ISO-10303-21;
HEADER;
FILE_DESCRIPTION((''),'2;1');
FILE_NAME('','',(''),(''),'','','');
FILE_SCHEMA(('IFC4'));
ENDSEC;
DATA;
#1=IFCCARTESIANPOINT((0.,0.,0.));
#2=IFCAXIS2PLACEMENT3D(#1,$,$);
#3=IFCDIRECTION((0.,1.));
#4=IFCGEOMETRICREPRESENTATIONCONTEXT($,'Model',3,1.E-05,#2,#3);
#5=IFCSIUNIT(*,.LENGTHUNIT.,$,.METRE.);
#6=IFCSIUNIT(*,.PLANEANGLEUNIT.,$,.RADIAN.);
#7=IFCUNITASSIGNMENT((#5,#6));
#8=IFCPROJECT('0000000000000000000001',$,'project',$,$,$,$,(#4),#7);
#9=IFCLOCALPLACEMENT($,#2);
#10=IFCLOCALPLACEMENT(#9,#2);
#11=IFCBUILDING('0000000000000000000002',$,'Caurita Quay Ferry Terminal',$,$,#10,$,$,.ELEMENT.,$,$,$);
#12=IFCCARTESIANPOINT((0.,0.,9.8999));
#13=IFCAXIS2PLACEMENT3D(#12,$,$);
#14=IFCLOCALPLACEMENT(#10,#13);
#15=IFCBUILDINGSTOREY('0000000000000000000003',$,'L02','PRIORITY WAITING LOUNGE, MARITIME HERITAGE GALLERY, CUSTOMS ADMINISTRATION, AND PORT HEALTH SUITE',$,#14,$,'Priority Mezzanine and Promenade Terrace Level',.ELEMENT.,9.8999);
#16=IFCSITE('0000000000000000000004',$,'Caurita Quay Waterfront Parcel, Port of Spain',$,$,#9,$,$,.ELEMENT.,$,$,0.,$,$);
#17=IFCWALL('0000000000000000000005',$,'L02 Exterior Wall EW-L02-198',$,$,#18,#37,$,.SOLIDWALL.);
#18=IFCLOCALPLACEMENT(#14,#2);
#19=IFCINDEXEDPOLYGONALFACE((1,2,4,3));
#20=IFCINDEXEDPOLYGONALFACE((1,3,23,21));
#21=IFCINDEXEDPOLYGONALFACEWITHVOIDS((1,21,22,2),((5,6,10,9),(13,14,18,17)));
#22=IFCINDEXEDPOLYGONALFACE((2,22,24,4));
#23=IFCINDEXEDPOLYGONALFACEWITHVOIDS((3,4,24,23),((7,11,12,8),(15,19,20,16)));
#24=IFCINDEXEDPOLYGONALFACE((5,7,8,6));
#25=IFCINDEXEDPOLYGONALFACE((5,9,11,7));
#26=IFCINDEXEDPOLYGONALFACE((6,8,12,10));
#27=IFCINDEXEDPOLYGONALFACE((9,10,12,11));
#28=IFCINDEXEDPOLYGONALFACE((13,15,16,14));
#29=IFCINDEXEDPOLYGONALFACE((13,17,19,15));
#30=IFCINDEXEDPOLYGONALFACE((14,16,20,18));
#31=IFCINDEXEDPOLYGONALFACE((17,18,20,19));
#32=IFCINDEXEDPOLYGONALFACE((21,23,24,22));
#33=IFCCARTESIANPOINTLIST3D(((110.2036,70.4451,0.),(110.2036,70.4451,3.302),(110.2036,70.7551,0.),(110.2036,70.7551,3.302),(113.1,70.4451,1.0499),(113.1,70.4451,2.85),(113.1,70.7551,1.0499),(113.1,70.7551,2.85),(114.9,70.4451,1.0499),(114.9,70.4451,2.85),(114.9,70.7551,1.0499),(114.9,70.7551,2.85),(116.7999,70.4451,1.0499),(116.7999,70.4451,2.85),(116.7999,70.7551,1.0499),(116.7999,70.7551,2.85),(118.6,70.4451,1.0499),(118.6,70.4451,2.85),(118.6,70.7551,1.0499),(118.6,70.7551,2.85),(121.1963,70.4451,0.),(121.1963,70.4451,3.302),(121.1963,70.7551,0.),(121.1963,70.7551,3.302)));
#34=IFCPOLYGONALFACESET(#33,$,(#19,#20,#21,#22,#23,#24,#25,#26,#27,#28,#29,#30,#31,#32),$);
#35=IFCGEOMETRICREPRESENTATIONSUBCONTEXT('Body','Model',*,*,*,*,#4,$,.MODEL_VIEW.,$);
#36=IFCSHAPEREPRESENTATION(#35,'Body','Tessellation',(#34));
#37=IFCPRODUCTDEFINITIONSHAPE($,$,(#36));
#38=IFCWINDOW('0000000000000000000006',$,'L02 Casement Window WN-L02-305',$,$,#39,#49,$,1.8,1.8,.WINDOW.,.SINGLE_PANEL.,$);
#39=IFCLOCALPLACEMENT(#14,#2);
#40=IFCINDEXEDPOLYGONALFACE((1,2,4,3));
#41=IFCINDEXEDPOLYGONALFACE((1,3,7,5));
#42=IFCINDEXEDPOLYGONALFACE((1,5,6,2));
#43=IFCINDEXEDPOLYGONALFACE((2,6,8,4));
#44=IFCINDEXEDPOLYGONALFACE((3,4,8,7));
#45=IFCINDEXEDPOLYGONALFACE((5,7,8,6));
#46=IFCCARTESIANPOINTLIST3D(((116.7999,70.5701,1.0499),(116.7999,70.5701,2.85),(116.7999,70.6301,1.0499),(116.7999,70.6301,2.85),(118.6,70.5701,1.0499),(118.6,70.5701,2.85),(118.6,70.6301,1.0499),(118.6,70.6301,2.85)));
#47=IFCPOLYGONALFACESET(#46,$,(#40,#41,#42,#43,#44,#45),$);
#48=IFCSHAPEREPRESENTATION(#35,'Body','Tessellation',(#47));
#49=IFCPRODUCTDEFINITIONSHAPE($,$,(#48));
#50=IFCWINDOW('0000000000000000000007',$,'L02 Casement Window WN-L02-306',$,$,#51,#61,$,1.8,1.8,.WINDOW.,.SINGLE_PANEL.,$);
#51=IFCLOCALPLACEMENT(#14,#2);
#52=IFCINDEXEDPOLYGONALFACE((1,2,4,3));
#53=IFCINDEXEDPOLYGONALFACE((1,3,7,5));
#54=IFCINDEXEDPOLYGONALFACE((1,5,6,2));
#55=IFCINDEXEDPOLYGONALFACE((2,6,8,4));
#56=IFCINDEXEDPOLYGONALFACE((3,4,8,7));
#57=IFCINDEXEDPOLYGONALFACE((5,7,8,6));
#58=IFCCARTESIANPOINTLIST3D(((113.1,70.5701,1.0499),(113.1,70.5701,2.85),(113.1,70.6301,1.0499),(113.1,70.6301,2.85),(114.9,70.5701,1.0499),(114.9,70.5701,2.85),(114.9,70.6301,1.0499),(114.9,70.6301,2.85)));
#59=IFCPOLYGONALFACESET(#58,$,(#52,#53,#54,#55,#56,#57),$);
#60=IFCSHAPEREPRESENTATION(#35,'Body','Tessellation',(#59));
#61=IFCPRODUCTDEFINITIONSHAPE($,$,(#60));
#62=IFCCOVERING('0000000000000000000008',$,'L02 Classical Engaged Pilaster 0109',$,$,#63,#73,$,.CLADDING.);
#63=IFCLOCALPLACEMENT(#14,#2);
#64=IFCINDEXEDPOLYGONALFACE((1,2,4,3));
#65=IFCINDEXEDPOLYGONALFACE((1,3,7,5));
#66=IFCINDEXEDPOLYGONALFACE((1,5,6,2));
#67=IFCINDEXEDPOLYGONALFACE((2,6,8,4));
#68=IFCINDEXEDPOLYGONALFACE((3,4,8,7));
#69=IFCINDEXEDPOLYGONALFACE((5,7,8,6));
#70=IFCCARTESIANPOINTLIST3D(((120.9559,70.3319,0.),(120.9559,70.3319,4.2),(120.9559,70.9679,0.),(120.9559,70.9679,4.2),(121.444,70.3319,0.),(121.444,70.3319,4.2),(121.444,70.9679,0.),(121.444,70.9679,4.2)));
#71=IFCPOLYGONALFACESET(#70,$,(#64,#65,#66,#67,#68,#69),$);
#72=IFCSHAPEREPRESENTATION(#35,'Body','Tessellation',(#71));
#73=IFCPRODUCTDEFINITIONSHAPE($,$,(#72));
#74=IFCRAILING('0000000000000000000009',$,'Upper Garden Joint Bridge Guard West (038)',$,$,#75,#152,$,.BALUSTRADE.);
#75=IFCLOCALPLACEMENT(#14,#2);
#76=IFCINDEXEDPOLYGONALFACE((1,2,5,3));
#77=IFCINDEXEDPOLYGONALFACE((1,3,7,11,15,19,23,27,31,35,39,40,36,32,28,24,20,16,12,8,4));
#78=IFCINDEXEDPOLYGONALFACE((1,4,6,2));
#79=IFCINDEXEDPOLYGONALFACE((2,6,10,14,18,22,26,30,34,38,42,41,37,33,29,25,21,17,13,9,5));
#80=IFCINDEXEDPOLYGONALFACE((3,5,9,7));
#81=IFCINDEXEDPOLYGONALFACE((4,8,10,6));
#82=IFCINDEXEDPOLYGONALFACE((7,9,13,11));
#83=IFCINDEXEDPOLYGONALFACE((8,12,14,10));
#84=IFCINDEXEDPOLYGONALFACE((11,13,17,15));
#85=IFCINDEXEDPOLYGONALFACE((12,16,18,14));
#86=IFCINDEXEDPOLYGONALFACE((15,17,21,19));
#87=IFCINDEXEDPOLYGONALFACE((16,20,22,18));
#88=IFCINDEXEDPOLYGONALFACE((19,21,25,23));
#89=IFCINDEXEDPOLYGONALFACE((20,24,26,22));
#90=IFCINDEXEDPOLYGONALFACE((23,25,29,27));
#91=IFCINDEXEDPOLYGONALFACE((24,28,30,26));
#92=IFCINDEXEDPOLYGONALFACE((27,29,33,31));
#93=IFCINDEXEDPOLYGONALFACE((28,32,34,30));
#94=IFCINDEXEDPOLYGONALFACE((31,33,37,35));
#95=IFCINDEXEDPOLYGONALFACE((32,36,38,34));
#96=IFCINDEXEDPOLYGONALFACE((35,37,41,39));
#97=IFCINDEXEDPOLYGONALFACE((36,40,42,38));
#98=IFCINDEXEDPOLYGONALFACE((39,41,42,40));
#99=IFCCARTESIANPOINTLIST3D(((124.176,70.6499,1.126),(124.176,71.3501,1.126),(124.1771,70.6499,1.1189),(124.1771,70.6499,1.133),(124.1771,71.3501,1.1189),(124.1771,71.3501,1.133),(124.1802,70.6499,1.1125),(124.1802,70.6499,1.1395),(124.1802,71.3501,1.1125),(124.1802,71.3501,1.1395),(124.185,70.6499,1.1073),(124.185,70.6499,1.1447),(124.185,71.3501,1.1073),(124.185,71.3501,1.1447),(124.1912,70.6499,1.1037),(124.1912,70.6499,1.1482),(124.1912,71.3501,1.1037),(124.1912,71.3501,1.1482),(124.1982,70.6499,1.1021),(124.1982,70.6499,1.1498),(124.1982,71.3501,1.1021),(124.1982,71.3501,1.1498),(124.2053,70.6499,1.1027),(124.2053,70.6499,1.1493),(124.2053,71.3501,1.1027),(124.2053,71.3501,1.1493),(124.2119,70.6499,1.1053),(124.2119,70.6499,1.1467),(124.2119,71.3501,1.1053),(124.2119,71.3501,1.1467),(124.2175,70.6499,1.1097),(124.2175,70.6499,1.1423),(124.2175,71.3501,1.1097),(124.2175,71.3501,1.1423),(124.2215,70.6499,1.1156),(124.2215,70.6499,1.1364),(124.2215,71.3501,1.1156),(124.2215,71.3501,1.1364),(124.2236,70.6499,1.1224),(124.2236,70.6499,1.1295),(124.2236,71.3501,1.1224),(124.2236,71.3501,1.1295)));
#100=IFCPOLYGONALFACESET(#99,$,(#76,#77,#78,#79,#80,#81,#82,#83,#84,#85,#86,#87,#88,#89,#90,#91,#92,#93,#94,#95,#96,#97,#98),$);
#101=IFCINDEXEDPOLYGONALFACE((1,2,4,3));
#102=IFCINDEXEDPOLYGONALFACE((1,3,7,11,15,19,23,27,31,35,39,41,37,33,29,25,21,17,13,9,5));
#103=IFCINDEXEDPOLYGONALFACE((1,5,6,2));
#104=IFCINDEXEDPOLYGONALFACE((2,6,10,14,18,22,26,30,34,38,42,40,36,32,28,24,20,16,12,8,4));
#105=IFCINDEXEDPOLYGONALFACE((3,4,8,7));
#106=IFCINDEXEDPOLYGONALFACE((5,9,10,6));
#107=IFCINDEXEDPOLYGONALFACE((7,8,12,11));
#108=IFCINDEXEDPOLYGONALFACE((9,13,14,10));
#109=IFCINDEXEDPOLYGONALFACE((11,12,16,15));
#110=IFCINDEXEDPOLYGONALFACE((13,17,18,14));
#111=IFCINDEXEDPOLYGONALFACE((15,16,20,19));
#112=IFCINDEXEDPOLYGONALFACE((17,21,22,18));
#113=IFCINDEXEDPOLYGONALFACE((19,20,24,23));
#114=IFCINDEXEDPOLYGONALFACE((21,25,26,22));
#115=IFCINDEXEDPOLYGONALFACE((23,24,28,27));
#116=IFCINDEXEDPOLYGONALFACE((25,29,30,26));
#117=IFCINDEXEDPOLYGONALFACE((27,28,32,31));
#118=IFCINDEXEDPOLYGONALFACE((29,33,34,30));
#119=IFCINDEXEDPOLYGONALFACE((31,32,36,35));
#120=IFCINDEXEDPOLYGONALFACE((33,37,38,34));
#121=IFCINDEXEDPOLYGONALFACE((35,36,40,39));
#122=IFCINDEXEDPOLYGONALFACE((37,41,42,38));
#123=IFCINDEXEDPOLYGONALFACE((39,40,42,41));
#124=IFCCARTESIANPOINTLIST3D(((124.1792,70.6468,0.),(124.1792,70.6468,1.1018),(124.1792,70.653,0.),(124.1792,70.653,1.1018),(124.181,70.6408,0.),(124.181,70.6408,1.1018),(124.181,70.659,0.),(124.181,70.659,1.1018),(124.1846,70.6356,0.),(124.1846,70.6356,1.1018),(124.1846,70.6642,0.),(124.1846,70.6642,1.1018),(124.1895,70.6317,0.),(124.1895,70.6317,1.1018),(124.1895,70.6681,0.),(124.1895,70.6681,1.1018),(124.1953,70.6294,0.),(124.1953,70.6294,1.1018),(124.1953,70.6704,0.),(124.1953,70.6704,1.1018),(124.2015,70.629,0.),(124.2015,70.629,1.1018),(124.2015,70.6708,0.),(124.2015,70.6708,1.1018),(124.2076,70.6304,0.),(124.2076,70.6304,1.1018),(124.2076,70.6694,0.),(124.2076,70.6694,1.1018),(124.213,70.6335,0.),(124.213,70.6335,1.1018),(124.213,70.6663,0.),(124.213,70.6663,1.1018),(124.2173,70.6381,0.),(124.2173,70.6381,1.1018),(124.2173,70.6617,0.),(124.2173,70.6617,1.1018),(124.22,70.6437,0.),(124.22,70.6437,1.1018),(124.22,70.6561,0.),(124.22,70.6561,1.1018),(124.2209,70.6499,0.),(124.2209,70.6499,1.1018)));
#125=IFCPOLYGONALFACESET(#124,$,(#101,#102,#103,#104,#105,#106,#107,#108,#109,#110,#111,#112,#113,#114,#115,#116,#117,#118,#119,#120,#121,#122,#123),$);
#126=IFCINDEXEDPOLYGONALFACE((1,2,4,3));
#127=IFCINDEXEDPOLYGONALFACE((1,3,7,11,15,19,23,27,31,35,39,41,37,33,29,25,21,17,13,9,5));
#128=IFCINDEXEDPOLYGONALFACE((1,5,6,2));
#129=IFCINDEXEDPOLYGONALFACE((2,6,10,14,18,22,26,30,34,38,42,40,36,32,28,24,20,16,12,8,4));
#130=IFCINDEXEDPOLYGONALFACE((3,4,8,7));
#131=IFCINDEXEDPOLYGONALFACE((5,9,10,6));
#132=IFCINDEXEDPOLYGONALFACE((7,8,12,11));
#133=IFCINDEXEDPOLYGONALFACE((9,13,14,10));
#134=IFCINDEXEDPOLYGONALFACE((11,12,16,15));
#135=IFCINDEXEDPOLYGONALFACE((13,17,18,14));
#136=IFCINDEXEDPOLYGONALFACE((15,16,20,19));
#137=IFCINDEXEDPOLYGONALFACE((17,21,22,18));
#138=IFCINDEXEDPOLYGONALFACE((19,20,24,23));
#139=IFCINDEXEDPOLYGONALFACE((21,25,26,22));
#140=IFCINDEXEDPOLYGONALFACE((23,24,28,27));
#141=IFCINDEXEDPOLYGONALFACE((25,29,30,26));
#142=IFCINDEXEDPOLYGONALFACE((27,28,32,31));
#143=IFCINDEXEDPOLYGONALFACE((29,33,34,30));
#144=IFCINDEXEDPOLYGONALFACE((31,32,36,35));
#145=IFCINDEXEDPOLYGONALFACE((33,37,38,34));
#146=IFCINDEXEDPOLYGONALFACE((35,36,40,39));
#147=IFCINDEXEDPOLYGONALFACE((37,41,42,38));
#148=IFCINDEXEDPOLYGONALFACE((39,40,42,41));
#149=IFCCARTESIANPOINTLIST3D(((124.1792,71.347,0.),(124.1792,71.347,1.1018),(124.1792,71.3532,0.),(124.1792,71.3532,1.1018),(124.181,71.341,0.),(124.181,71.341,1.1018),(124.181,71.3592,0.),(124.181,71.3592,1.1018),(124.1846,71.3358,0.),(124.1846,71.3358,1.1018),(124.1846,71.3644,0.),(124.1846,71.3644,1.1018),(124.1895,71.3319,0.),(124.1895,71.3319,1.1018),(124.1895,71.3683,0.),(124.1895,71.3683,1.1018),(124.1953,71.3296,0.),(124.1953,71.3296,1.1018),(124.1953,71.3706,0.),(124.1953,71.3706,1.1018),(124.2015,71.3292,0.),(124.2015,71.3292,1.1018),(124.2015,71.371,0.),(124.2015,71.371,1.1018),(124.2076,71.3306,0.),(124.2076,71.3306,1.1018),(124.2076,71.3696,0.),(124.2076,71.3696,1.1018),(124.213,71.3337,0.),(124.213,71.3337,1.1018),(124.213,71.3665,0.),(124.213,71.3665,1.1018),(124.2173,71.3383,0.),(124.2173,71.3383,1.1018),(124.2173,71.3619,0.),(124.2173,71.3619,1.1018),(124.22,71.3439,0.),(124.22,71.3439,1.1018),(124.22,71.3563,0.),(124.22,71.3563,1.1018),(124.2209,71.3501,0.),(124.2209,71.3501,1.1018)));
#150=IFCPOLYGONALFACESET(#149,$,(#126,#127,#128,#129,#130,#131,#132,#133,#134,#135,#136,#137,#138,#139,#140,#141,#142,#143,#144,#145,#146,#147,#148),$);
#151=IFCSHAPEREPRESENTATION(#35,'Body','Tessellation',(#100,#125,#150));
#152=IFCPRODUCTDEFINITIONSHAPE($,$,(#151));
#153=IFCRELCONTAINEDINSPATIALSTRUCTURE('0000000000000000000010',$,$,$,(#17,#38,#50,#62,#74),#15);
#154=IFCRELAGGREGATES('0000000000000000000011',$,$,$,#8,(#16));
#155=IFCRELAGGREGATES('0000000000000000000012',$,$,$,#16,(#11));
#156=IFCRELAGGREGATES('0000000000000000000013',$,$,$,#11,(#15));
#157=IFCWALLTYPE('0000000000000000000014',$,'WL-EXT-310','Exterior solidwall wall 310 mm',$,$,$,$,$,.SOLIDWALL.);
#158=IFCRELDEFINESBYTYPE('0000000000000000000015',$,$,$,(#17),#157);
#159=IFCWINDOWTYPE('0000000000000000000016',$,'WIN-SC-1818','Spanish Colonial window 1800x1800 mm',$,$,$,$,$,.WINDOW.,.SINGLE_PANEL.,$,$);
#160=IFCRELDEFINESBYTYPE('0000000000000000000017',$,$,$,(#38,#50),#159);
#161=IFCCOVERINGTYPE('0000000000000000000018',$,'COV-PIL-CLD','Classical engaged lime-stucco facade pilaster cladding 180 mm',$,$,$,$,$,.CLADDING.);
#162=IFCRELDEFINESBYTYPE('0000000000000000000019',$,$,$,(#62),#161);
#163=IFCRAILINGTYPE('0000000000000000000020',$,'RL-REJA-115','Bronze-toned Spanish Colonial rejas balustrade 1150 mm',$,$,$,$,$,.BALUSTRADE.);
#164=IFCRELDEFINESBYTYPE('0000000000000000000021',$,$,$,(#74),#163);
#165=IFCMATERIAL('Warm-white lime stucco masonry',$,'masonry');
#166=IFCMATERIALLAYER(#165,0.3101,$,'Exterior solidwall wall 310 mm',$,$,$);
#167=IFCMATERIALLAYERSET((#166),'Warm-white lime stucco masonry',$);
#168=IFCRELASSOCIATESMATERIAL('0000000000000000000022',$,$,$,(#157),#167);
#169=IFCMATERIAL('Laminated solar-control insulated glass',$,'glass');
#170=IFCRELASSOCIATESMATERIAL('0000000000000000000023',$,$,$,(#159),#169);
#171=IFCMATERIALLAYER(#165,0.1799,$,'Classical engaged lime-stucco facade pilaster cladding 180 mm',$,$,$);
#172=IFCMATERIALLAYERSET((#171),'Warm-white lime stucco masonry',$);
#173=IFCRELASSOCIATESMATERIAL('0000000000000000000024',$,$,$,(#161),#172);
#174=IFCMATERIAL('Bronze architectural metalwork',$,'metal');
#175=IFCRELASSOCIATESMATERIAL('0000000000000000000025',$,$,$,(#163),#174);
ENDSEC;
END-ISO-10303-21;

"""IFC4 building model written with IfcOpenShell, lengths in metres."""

from ifc_helpers import new_model, si_unit, direction, frame, frame_2d, origin, origin_2d, place, context, subcontext, project, spatial, rectangle, circle, extrude, material, layer, layer_set, type_object, element, fill, save


model = new_model("IFC4")

# Units and contexts
model_context = context("Model", 3, precision=1e-05, world=origin(), true_north=direction((0.0, 1.0)))
body_context = subcontext(model_context, "Body", "Model", "MODEL_VIEW")
ifc_project = project(units=[si_unit("LENGTHUNIT", "METRE"), si_unit("PLANEANGLEUNIT", "RADIAN")], contexts=[model_context])

# Site, building, storey
site_placement = place(None, origin())
site = spatial("IfcSite", under=ifc_project, at=site_placement, Name="Caurita Quay Waterfront Parcel, Port of Spain", CompositionType="ELEMENT", RefElevation=0.0)
building_placement = place(site_placement, origin())
building = spatial("IfcBuilding", under=site, at=building_placement, Name="Caurita Quay Ferry Terminal", CompositionType="ELEMENT")
storey_placement = place(building_placement, frame((0.0, 0.0, 9.8999)))
storey = spatial("IfcBuildingStorey", under=building, at=storey_placement, Name="L02", Description="PRIORITY WAITING LOUNGE, MARITIME HERITAGE GALLERY, CUSTOMS ADMINISTRATION, AND PORT HEALTH SUITE", LongName="Priority Mezzanine and Promenade Terrace Level", CompositionType="ELEMENT", Elevation=9.8999)

# Wall, openings, windows
ifc_material_1 = material(Name="Warm-white lime stucco masonry", Category="masonry")
ifc_layer_1 = layer(ifc_material_1, 0.3101, Name="Exterior solidwall wall 310 mm")
ifc_layer_set_1 = layer_set([ifc_layer_1], Name="Warm-white lime stucco masonry")
wall_type_1 = type_object("IfcWallType", Name="WL-EXT-310", Description="Exterior solidwall wall 310 mm", PredefinedType="SOLIDWALL", material=ifc_layer_set_1)
wall_1_placement = place(storey_placement, frame((121.1963, 70.6001, 0.0), z_axis=(0.0, 0.0, 1.0), x_axis=(-1.0, 0.0, 0.0)))
wall_1 = element("IfcWall", 1, at=wall_1_placement, inside=storey, type_object=wall_type_1, Name="L02 Exterior Wall EW-L02-198", PredefinedType="SOLIDWALL", context=body_context, shape_type="SweptSolid", body=[
    extrude(rectangle(XDim=10.9927, YDim=0.3101, at=frame_2d((5.4963, 0.0))), origin(), (0.0, 0.0, 1.0), 3.302),
])
opening_1_placement = place(wall_1_placement, frame((2.5964, 0.0, 1.05)))
opening_1 = element("IfcOpeningElement", 2, at=opening_1_placement, cuts=wall_1, PredefinedType="OPENING", context=body_context, shape_type="SweptSolid", body=[
    extrude(rectangle(XDim=1.8, YDim=1.8, at=frame_2d((0.8999, 0.8999))), frame((0.0, 0.165, 0.0), z_axis=(0.0, -1.0, 0.0), x_axis=(1.0, 0.0, 0.0)), (0.0, 0.0, 1.0), 0.3301),
])
opening_2_placement = place(wall_1_placement, frame((6.2964, 0.0, 1.05)))
opening_2 = element("IfcOpeningElement", 3, at=opening_2_placement, cuts=wall_1, PredefinedType="OPENING", context=body_context, shape_type="SweptSolid", body=[
    extrude(rectangle(XDim=1.8, YDim=1.8, at=frame_2d((0.8999, 0.8999))), frame((0.0, 0.165, 0.0), z_axis=(0.0, -1.0, 0.0), x_axis=(1.0, 0.0, 0.0)), (0.0, 0.0, 1.0), 0.3301),
])
ifc_material_2 = material(Name="Laminated solar-control insulated glass", Category="glass")
window_type = type_object("IfcWindowType", Name="WIN-SC-1818", Description="Spanish Colonial window 1800x1800 mm", PartitioningType="SINGLE_PANEL", PredefinedType="WINDOW", material=ifc_material_2)
window_1_placement = place(opening_1_placement, origin())
window_1 = element("IfcWindow", 4, at=window_1_placement, inside=storey, type_object=window_type, Name="L02 Casement Window WN-L02-305", OverallHeight=1.8, OverallWidth=1.8, PartitioningType="SINGLE_PANEL", PredefinedType="WINDOW", context=body_context, shape_type="SweptSolid", body=[
    extrude(rectangle(XDim=1.8, YDim=1.8, at=frame_2d((0.8999, 0.8999))), frame((0.0, 0.03, 0.0), z_axis=(0.0, -1.0, 0.0), x_axis=(1.0, 0.0, 0.0)), (0.0, 0.0, 1.0), 0.0601),
])
fill(opening_1, window_1)
window_2_placement = place(opening_2_placement, origin())
window_2 = element("IfcWindow", 5, at=window_2_placement, inside=storey, type_object=window_type, Name="L02 Casement Window WN-L02-306", OverallHeight=1.8, OverallWidth=1.8, PartitioningType="SINGLE_PANEL", PredefinedType="WINDOW", context=body_context, shape_type="SweptSolid", body=[
    extrude(rectangle(XDim=1.8, YDim=1.8, at=frame_2d((0.8999, 0.8999))), frame((0.0, 0.03, 0.0), z_axis=(0.0, -1.0, 0.0), x_axis=(1.0, 0.0, 0.0)), (0.0, 0.0, 1.0), 0.0601),
])
fill(opening_2, window_2)

# Covering
ifc_layer_2 = layer(ifc_material_1, 0.1799, Name="Classical engaged lime-stucco facade pilaster cladding 180 mm")
ifc_layer_set_2 = layer_set([ifc_layer_2], Name="Warm-white lime stucco masonry")
covering_type = type_object("IfcCoveringType", Name="COV-PIL-CLD", Description="Classical engaged lime-stucco facade pilaster cladding 180 mm", PredefinedType="CLADDING", material=ifc_layer_set_2)
covering_placement = place(storey_placement, frame((121.2, 70.6499, 0.0), z_axis=(0.0, 0.0, 1.0), x_axis=(1.0, 0.0, 0.0)))
element("IfcCovering", 6, at=covering_placement, inside=storey, type_object=covering_type, Name="L02 Classical Engaged Pilaster 0109", PredefinedType="CLADDING", context=body_context, shape_type="SweptSolid", body=[
    extrude(rectangle(XDim=0.488, YDim=0.636, at=origin_2d()), origin(), (0.0, 0.0, 1.0), 4.2),
])

# Railing
ifc_material_3 = material(Name="Bronze architectural metalwork", Category="metal")
railing_type = type_object("IfcRailingType", Name="RL-REJA-115", Description="Bronze-toned Spanish Colonial rejas balustrade 1150 mm", PredefinedType="BALUSTRADE", material=ifc_material_3)
railing_1_placement = place(storey_placement, frame((124.2, 70.6499, 0.0)))
element("IfcRailing", 7, at=railing_1_placement, inside=storey, type_object=railing_type, Name="Upper Garden Joint Bridge Guard West (038)", PredefinedType="BALUSTRADE", context=body_context, shape_type="SweptSolid", body=[
    extrude(circle(Radius=0.0239, at=origin_2d()), frame((0.0, 0.0, 1.126), z_axis=(0.0, 1.0, 0.0), x_axis=(-1.0, 0.0, 0.0)), (0.0, 0.0, 1.0), 0.7002),
    extrude(circle(Radius=0.021, at=origin_2d()), origin(), (0.0, 0.0, 1.0), 1.1018),
    extrude(circle(Radius=0.021, at=origin_2d()), frame((0.0, 0.7002, 0.0)), (0.0, 0.0, 1.0), 1.1018),
])

save(model, "model.ifc")
